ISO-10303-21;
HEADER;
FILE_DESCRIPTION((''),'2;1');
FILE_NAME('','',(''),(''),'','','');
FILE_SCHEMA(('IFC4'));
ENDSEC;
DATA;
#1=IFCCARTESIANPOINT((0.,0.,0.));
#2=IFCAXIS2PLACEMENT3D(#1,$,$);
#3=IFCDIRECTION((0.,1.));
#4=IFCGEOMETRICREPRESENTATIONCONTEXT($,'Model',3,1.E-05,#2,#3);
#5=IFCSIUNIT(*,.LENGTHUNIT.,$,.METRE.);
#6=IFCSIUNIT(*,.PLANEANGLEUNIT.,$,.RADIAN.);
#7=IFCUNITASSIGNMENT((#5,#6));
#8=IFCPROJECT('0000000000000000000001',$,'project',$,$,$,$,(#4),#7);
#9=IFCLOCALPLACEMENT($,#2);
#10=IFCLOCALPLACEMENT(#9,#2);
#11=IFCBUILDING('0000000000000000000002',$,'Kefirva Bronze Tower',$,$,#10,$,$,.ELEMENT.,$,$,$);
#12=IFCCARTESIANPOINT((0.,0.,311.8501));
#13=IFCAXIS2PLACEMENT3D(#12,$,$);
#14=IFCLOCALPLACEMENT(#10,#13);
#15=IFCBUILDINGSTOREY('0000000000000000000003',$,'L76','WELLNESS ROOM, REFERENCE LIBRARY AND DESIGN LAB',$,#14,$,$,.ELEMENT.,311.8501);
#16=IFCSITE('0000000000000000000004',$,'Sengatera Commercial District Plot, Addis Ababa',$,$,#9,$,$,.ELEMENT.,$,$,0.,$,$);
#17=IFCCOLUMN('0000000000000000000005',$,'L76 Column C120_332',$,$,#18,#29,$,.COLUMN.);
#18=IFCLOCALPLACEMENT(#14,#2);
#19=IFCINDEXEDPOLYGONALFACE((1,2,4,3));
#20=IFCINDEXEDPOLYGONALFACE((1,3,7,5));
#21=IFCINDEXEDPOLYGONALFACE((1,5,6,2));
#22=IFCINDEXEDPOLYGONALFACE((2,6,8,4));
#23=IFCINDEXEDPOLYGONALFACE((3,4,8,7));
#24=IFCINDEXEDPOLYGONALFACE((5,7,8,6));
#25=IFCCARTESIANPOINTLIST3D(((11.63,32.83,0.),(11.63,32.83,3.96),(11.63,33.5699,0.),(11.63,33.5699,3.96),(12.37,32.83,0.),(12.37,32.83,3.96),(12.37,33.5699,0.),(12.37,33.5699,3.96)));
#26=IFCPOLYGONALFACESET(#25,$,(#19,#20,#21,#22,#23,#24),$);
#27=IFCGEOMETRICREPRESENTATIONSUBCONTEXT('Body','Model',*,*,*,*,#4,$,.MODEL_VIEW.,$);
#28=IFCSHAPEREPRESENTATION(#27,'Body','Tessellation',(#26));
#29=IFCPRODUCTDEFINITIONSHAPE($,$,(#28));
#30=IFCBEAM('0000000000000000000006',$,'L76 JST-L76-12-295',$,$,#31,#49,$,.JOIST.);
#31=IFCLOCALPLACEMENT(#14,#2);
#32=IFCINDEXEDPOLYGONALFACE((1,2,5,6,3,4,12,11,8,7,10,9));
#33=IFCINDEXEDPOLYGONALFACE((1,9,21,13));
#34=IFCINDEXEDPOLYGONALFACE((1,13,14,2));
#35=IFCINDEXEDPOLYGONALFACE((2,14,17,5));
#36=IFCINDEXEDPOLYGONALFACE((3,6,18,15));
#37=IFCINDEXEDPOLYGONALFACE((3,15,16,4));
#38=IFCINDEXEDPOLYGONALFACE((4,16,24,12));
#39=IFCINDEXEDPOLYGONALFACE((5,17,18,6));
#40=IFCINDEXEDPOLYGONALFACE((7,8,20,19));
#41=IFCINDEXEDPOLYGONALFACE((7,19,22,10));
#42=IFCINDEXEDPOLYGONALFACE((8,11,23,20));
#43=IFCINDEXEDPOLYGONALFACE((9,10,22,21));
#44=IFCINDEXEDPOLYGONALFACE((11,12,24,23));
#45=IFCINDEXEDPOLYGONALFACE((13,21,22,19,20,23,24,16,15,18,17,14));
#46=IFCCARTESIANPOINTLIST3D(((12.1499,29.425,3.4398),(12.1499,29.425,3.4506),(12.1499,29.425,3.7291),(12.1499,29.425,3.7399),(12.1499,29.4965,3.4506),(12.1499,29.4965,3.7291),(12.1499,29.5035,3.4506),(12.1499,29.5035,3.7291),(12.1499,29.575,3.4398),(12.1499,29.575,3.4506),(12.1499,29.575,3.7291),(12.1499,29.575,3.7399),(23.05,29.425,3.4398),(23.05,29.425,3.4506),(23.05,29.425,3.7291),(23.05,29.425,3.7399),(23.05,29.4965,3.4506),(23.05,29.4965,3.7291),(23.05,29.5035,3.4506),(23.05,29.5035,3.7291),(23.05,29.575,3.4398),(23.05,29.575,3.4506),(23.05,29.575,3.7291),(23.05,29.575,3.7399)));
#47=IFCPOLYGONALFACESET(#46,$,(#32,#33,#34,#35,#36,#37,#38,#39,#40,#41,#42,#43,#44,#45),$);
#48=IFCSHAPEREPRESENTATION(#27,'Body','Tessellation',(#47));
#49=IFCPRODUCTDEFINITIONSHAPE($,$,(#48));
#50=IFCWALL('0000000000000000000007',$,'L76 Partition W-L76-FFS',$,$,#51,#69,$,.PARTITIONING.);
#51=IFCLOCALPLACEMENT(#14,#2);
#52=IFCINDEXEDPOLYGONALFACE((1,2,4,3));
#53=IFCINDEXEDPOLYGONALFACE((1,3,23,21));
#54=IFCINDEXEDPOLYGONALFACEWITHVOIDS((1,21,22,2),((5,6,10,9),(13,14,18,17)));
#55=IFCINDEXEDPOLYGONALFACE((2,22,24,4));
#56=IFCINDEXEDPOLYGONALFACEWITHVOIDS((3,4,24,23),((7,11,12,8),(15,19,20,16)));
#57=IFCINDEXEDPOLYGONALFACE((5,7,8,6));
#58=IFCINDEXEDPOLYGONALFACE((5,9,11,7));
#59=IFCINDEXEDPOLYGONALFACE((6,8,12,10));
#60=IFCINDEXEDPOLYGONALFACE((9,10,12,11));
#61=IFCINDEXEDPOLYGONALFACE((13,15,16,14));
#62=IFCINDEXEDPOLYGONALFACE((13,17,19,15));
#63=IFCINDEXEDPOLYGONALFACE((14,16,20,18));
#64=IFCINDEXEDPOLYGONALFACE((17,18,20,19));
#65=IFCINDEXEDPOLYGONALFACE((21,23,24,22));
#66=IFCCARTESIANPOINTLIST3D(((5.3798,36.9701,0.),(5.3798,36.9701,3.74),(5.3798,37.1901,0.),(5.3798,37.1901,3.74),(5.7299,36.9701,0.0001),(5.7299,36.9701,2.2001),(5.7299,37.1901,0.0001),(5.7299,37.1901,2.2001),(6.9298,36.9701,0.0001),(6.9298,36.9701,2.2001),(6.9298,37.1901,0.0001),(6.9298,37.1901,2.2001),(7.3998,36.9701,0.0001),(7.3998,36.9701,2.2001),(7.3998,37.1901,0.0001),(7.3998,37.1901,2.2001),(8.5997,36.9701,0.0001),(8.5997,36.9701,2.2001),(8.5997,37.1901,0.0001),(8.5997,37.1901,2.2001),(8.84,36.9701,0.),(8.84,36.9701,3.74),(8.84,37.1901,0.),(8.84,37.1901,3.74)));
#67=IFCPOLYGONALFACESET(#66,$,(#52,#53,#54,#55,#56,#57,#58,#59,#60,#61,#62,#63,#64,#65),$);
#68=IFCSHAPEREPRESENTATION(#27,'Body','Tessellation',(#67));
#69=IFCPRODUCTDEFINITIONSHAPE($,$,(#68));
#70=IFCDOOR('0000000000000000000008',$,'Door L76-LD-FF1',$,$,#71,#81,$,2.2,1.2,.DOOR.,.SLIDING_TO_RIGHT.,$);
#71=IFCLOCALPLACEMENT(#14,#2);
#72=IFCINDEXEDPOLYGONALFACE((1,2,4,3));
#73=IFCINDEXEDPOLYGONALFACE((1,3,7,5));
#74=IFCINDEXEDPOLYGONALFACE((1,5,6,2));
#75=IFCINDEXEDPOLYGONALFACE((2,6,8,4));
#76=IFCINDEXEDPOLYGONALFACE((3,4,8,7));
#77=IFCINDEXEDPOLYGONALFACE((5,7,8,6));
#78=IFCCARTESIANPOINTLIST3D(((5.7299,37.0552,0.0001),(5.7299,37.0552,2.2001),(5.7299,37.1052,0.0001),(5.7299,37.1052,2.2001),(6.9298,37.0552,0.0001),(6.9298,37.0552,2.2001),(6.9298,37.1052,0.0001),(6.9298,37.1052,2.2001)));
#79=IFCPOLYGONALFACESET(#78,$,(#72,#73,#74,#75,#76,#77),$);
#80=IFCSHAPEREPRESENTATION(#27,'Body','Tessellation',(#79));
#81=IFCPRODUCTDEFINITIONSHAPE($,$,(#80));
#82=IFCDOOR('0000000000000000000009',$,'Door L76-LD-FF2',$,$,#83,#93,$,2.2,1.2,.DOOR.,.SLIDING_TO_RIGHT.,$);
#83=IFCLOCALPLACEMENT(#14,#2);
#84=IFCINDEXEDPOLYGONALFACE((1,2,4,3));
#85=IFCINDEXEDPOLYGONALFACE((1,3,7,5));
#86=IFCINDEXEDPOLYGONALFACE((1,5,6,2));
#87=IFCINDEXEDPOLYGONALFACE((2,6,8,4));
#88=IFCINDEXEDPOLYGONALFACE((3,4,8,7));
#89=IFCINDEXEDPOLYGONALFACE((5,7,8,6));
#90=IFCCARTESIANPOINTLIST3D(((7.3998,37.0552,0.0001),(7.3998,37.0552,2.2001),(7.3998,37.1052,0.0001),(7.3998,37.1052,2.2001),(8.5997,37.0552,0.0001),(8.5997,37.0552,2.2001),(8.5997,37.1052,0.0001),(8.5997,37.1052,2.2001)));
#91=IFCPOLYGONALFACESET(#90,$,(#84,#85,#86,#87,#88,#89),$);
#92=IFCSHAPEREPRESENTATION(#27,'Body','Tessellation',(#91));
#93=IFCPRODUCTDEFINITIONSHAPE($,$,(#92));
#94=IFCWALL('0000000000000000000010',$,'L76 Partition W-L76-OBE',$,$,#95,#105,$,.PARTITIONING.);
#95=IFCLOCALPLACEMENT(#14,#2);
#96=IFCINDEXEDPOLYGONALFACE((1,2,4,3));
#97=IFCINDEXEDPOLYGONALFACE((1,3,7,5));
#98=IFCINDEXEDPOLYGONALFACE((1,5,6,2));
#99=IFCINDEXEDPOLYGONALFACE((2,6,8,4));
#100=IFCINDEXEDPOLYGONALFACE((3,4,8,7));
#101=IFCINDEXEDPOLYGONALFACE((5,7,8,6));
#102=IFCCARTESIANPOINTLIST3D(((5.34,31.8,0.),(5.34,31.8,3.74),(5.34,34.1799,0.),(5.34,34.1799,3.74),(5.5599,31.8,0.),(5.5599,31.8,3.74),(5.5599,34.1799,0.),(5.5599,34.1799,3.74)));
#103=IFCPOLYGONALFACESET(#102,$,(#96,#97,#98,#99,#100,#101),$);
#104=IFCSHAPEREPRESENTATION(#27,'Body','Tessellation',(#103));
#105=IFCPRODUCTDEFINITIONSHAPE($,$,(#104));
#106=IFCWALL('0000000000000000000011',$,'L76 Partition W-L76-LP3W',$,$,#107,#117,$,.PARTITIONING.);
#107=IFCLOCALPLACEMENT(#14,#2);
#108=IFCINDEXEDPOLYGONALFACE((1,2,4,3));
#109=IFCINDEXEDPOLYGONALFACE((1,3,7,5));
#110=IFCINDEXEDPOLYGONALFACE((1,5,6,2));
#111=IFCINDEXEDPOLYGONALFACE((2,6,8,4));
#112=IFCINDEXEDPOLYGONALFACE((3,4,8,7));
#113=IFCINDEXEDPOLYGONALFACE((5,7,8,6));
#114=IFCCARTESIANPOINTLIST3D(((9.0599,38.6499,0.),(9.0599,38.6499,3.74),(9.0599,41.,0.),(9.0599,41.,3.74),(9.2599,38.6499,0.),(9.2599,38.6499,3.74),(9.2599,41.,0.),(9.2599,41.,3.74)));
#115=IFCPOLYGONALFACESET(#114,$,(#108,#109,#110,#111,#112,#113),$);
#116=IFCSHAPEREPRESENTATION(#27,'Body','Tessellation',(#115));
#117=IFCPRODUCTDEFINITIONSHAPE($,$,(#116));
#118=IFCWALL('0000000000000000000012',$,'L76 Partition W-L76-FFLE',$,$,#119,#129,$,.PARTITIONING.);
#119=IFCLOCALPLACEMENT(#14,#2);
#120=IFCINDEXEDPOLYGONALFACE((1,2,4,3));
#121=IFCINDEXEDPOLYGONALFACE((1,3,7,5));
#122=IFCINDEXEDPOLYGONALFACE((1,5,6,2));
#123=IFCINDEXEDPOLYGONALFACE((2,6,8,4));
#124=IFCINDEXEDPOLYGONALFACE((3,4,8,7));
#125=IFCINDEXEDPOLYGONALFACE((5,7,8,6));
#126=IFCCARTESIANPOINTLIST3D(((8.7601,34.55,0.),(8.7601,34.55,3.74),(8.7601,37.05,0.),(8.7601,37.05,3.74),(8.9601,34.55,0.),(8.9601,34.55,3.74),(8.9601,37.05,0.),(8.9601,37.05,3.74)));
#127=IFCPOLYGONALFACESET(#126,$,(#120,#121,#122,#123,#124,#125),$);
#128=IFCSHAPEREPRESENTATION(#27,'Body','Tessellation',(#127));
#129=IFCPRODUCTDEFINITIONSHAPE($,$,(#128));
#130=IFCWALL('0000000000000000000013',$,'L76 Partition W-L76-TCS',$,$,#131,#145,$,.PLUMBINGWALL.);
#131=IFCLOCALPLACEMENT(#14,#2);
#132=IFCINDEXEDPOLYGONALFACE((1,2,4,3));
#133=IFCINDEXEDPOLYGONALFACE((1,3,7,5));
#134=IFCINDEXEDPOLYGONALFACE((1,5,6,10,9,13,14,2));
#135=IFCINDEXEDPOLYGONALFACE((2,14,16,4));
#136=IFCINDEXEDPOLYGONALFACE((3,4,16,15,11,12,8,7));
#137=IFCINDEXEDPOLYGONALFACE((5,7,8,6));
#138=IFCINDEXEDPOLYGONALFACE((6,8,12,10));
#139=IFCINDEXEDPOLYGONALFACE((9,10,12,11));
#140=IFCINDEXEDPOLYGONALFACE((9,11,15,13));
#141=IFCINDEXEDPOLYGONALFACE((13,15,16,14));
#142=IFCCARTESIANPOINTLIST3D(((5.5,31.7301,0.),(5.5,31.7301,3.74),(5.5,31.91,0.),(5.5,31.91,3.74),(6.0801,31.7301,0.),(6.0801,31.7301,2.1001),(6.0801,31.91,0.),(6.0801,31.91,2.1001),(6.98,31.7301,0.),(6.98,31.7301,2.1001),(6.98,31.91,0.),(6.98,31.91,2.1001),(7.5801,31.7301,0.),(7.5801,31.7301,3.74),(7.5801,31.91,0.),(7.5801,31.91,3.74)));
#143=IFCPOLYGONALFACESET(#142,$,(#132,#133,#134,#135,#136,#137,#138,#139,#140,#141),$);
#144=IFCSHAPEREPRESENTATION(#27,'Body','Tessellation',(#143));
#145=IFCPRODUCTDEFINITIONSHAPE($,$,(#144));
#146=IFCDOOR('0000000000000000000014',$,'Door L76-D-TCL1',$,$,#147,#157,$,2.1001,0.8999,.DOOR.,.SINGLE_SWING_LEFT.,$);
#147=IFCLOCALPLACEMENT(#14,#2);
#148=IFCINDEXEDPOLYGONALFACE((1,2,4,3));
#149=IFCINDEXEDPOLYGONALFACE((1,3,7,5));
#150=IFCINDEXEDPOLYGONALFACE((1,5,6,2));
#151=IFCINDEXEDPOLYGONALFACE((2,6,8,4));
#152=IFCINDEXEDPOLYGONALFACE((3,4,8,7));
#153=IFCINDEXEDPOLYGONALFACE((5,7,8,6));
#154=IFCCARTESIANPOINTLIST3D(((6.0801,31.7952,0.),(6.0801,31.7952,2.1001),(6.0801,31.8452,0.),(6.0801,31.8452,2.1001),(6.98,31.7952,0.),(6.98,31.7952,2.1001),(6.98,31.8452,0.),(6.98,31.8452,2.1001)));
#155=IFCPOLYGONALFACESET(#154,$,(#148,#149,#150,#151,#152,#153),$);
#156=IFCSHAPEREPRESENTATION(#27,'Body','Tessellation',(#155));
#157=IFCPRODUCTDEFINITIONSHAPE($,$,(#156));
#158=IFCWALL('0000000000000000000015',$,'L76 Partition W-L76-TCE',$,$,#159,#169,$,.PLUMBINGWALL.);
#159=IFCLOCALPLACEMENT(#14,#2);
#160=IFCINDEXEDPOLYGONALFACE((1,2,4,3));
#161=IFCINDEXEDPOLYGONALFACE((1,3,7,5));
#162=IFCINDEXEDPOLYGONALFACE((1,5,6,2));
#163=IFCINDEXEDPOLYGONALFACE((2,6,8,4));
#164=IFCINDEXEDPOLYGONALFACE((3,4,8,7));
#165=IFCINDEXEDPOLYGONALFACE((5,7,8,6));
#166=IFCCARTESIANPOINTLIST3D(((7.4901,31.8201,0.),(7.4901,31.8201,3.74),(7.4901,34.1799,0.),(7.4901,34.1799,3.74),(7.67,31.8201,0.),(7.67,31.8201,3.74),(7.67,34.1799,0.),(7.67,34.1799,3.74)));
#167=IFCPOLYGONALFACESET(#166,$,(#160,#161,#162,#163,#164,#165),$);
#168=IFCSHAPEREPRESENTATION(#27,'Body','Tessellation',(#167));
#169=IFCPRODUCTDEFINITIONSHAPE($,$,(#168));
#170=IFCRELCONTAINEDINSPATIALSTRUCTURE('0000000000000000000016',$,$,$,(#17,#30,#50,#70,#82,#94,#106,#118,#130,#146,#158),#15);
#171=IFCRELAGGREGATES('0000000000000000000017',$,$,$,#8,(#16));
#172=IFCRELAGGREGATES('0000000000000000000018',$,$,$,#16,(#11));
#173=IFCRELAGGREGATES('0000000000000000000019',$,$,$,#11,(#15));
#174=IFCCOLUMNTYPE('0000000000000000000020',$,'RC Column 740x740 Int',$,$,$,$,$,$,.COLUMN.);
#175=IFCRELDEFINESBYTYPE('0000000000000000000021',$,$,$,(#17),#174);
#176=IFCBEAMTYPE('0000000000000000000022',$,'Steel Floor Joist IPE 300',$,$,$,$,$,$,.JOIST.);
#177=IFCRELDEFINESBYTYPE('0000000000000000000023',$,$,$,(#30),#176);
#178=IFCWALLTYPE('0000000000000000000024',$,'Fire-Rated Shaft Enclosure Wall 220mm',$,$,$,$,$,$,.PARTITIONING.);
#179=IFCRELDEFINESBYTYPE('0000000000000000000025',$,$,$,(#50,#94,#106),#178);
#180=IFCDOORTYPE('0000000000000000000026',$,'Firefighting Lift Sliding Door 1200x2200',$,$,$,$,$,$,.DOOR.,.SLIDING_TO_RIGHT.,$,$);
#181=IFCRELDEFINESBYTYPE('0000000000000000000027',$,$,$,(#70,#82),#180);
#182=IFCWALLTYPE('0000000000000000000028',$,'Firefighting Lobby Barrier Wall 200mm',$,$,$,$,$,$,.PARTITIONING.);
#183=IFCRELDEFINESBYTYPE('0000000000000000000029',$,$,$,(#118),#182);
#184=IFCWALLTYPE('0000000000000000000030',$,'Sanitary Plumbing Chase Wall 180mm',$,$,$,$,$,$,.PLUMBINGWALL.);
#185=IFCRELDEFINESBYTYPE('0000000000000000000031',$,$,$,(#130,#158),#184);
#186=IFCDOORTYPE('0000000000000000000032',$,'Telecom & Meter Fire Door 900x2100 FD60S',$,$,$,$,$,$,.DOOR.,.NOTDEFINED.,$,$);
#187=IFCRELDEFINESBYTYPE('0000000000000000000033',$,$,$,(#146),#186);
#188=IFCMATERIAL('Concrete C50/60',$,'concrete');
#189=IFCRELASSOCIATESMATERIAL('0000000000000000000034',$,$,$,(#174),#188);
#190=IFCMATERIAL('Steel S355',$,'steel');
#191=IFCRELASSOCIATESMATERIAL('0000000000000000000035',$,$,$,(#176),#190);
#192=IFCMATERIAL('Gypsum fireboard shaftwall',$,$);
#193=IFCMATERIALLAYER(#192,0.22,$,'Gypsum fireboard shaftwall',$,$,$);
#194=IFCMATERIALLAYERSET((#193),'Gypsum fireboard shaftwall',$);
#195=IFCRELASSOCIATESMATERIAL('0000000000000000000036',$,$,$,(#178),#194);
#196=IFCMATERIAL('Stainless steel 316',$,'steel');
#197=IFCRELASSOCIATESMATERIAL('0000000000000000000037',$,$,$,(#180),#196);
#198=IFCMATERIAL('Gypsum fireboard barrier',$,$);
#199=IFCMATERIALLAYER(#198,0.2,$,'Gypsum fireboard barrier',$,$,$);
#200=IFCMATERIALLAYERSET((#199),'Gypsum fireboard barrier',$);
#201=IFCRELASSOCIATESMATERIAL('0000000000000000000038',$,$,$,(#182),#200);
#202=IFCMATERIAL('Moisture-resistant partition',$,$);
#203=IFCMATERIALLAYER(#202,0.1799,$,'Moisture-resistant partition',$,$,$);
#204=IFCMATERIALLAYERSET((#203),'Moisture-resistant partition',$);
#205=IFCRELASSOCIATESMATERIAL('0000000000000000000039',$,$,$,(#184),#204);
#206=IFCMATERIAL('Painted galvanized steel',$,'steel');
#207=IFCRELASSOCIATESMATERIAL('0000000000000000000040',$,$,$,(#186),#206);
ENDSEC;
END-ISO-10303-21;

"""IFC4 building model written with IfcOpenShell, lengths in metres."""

from ifc_helpers import new_model, si_unit, direction, frame, frame_2d, origin, origin_2d, place, context, subcontext, project, spatial, rectangle, i_section, extrude, material, layer, layer_set, material_profile, profile_set, type_object, element, fill, save


model = new_model("IFC4")

# Units and contexts
model_context = context("Model", 3, precision=1e-05, world=origin(), true_north=direction((0.0, 1.0)))
body_context = subcontext(model_context, "Body", "Model", "MODEL_VIEW")
ifc_project = project(units=[si_unit("LENGTHUNIT", "METRE"), si_unit("PLANEANGLEUNIT", "RADIAN")], contexts=[model_context])

# Site, building, storey
site_placement = place(None, origin())
site = spatial("IfcSite", under=ifc_project, at=site_placement, Name="Sengatera Commercial District Plot, Addis Ababa", CompositionType="ELEMENT", RefElevation=0.0)
building_placement = place(site_placement, origin())
building = spatial("IfcBuilding", under=site, at=building_placement, Name="Kefirva Bronze Tower", CompositionType="ELEMENT")
storey_placement = place(building_placement, frame((0.0, 0.0, 311.8501)))
storey = spatial("IfcBuildingStorey", under=building, at=storey_placement, Name="L76", Description="WELLNESS ROOM, REFERENCE LIBRARY AND DESIGN LAB", CompositionType="ELEMENT", Elevation=311.8501)

# Column
ifc_material_1 = material(Name="Concrete C50/60", Category="concrete")
ifc_material_profile_1 = material_profile(ifc_material_1, rectangle(XDim=0.74, YDim=0.74, at=origin_2d()), Name="RC 740x740")
ifc_profile_set_1 = profile_set([ifc_material_profile_1], Name="Concrete C50/60")
column_type = type_object("IfcColumnType", Name="RC Column 740x740 Int", PredefinedType="COLUMN", material=ifc_profile_set_1)
column_placement = place(storey_placement, frame((12.0, 33.2, 0.0), z_axis=(0.0, 0.0, 1.0), x_axis=(1.0, 0.0, 0.0)))
element("IfcColumn", 1, at=column_placement, inside=storey, type_object=column_type, Name="L76 Column C120_332", PredefinedType="COLUMN", context=body_context, shape_type="SweptSolid", body=[
    extrude(rectangle(XDim=0.74, YDim=0.74, at=origin_2d()), origin(), (0.0, 0.0, 1.0), 3.96),
])

# Beam
ifc_material_2 = material(Name="Steel S355", Category="steel")
ifc_material_profile_2 = material_profile(ifc_material_2, i_section(OverallWidth=0.1499, OverallDepth=0.3, WebThickness=0.0071, FlangeThickness=0.0107, at=origin_2d()), Name="IPE 300")
ifc_profile_set_2 = profile_set([ifc_material_profile_2], Name="Steel S355")
beam_type = type_object("IfcBeamType", Name="Steel Floor Joist IPE 300", PredefinedType="JOIST", material=ifc_profile_set_2)
beam_placement = place(storey_placement, frame((12.1499, 29.5, 3.5898), z_axis=(1.0, 0.0, 0.0), x_axis=(0.0, 1.0, 0.0)))
element("IfcBeam", 2, at=beam_placement, inside=storey, type_object=beam_type, Name="L76 JST-L76-12-295", PredefinedType="JOIST", context=body_context, shape_type="SweptSolid", body=[
    extrude(i_section(OverallWidth=0.1499, OverallDepth=0.3, WebThickness=0.0071, FlangeThickness=0.0107, at=origin_2d()), origin(), (0.0, 0.0, 1.0), 10.9001),
])

# Wall, openings, doors
ifc_material_3 = material(Name="Gypsum fireboard shaftwall")
ifc_layer_1 = layer(ifc_material_3, 0.22, Name="Gypsum fireboard shaftwall")
ifc_layer_set_1 = layer_set([ifc_layer_1], Name="Gypsum fireboard shaftwall")
wall_type_1 = type_object("IfcWallType", Name="Fire-Rated Shaft Enclosure Wall 220mm", PredefinedType="PARTITIONING", material=ifc_layer_set_1)
wall_1_placement = place(storey_placement, frame((5.3799, 37.0801, 0.0), z_axis=(0.0, 0.0, 1.0), x_axis=(1.0, 0.0, 0.0)))
wall_1 = element("IfcWall", 3, at=wall_1_placement, inside=storey, type_object=wall_type_1, Name="L76 Partition W-L76-FFS", PredefinedType="PARTITIONING", context=body_context, shape_type="SweptSolid", body=[
    extrude(rectangle(XDim=3.4602, YDim=0.22, at=frame_2d((1.73, 0.0))), origin(), (0.0, 0.0, 1.0), 3.74),
])
opening_1_placement = place(wall_1_placement, frame((1.55, 0.0, 0.0), z_axis=(0.0, 0.0, 1.0), x_axis=(-1.0, 0.0, 0.0)))
opening_1 = element("IfcOpeningElement", 4, at=opening_1_placement, cuts=wall_1, PredefinedType="OPENING", context=body_context, shape_type="SweptSolid", body=[
    extrude(rectangle(XDim=1.2, YDim=2.2, at=frame_2d((0.6001, 1.1001))), frame((0.0, 0.1201, 0.0), z_axis=(0.0, -1.0, 0.0), x_axis=(1.0, 0.0, 0.0)), (0.0, 0.0, 1.0), 0.24),
])
opening_2_placement = place(wall_1_placement, frame((3.22, 0.0, 0.0), z_axis=(0.0, 0.0, 1.0), x_axis=(-1.0, 0.0, 0.0)))
opening_2 = element("IfcOpeningElement", 5, at=opening_2_placement, cuts=wall_1, PredefinedType="OPENING", context=body_context, shape_type="SweptSolid", body=[
    extrude(rectangle(XDim=1.2, YDim=2.2, at=frame_2d((0.6001, 1.1001))), frame((0.0, 0.1201, 0.0), z_axis=(0.0, -1.0, 0.0), x_axis=(1.0, 0.0, 0.0)), (0.0, 0.0, 1.0), 0.24),
])
ifc_material_4 = material(Name="Stainless steel 316", Category="steel")
door_type_1 = type_object("IfcDoorType", Name="Firefighting Lift Sliding Door 1200x2200", OperationType="SLIDING_TO_RIGHT", PredefinedType="DOOR", material=ifc_material_4)
door_1_placement = place(opening_1_placement, origin())
door_1 = element("IfcDoor", 6, at=door_1_placement, inside=storey, type_object=door_type_1, Name="Door L76-LD-FF1", OperationType="SLIDING_TO_RIGHT", OverallHeight=2.2, OverallWidth=1.2, PredefinedType="DOOR", context=body_context, shape_type="SweptSolid", body=[
    extrude(rectangle(XDim=1.2, YDim=2.2, at=frame_2d((0.6001, 1.1001))), frame((0.0, 0.0249, 0.0), z_axis=(0.0, -1.0, 0.0), x_axis=(1.0, 0.0, 0.0)), (0.0, 0.0, 1.0), 0.05),
])
fill(opening_1, door_1)
door_2_placement = place(opening_2_placement, origin())
door_2 = element("IfcDoor", 7, at=door_2_placement, inside=storey, type_object=door_type_1, Name="Door L76-LD-FF2", OperationType="SLIDING_TO_RIGHT", OverallHeight=2.2, OverallWidth=1.2, PredefinedType="DOOR", context=body_context, shape_type="SweptSolid", body=[
    extrude(rectangle(XDim=1.2, YDim=2.2, at=frame_2d((0.6001, 1.1001))), frame((0.0, 0.0249, 0.0), z_axis=(0.0, -1.0, 0.0), x_axis=(1.0, 0.0, 0.0)), (0.0, 0.0, 1.0), 0.05),
])
fill(opening_2, door_2)

# Walls
wall_2_placement = place(storey_placement, frame((5.45, 31.8, 0.0), z_axis=(0.0, 0.0, 1.0), x_axis=(0.0, 1.0, 0.0)))
element("IfcWall", 8, at=wall_2_placement, inside=storey, type_object=wall_type_1, Name="L76 Partition W-L76-OBE", PredefinedType="PARTITIONING", context=body_context, shape_type="SweptSolid", body=[
    extrude(rectangle(XDim=2.3799, YDim=0.22, at=frame_2d((1.1899, 0.0))), origin(), (0.0, 0.0, 1.0), 3.74),
])
wall_3_placement = place(storey_placement, frame((9.1599, 38.6499, 0.0), z_axis=(0.0, 0.0, 1.0), x_axis=(0.0, 1.0, 0.0)))
element("IfcWall", 9, at=wall_3_placement, inside=storey, type_object=wall_type_1, Name="L76 Partition W-L76-LP3W", PredefinedType="PARTITIONING", context=body_context, shape_type="SweptSolid", body=[
    extrude(rectangle(XDim=2.3501, YDim=0.2, at=frame_2d((1.175, 0.0))), origin(), (0.0, 0.0, 1.0), 3.74),
])
ifc_material_5 = material(Name="Gypsum fireboard barrier")
ifc_layer_2 = layer(ifc_material_5, 0.2, Name="Gypsum fireboard barrier")
ifc_layer_set_2 = layer_set([ifc_layer_2], Name="Gypsum fireboard barrier")
wall_type_2 = type_object("IfcWallType", Name="Firefighting Lobby Barrier Wall 200mm", PredefinedType="PARTITIONING", material=ifc_layer_set_2)
wall_4_placement = place(storey_placement, frame((8.8601, 34.55, 0.0), z_axis=(0.0, 0.0, 1.0), x_axis=(0.0, 1.0, 0.0)))
element("IfcWall", 10, at=wall_4_placement, inside=storey, type_object=wall_type_2, Name="L76 Partition W-L76-FFLE", PredefinedType="PARTITIONING", context=body_context, shape_type="SweptSolid", body=[
    extrude(rectangle(XDim=2.5, YDim=0.2, at=frame_2d((1.25, 0.0))), origin(), (0.0, 0.0, 1.0), 3.74),
])

# Shared definitions
ifc_material_6 = material(Name="Painted galvanized steel", Category="steel")

# Wall, opening, door
ifc_material_7 = material(Name="Moisture-resistant partition")
ifc_layer_3 = layer(ifc_material_7, 0.1799, Name="Moisture-resistant partition")
ifc_layer_set_3 = layer_set([ifc_layer_3], Name="Moisture-resistant partition")
wall_type_3 = type_object("IfcWallType", Name="Sanitary Plumbing Chase Wall 180mm", PredefinedType="PLUMBINGWALL", material=ifc_layer_set_3)
wall_5_placement = place(storey_placement, frame((5.5, 31.8201, 0.0), z_axis=(0.0, 0.0, 1.0), x_axis=(1.0, 0.0, 0.0)))
wall_5 = element("IfcWall", 11, at=wall_5_placement, inside=storey, type_object=wall_type_3, Name="L76 Partition W-L76-TCS", PredefinedType="PLUMBINGWALL", context=body_context, shape_type="SweptSolid", body=[
    extrude(rectangle(XDim=2.0801, YDim=0.1799, at=frame_2d((1.04, 0.0))), origin(), (0.0, 0.0, 1.0), 3.74),
])
opening_3_placement = place(wall_5_placement, frame((1.48, 0.0, 0.0), z_axis=(0.0, 0.0, 1.0), x_axis=(-1.0, 0.0, 0.0)))
opening_3 = element("IfcOpeningElement", 12, at=opening_3_placement, cuts=wall_5, PredefinedType="OPENING", context=body_context, shape_type="SweptSolid", body=[
    extrude(rectangle(XDim=0.8999, YDim=2.1001, at=frame_2d((0.45, 1.05))), frame((0.0, 0.1001, 0.0), z_axis=(0.0, -1.0, 0.0), x_axis=(1.0, 0.0, 0.0)), (0.0, 0.0, 1.0), 0.2),
])
door_type_2 = type_object("IfcDoorType", Name="Telecom & Meter Fire Door 900x2100 FD60S", OperationType="NOTDEFINED", PredefinedType="DOOR", material=ifc_material_6)
door_3_placement = place(opening_3_placement, origin())
door_3 = element("IfcDoor", 13, at=door_3_placement, inside=storey, type_object=door_type_2, Name="Door L76-D-TCL1", OperationType="SINGLE_SWING_LEFT", OverallHeight=2.1001, OverallWidth=0.8999, PredefinedType="DOOR", context=body_context, shape_type="SweptSolid", body=[
    extrude(rectangle(XDim=0.8999, YDim=2.1001, at=frame_2d((0.45, 1.05))), frame((0.0, 0.0249, 0.0), z_axis=(0.0, -1.0, 0.0), x_axis=(1.0, 0.0, 0.0)), (0.0, 0.0, 1.0), 0.05),
])
fill(opening_3, door_3)

# Wall
wall_6_placement = place(storey_placement, frame((7.5801, 31.8201, 0.0), z_axis=(0.0, 0.0, 1.0), x_axis=(0.0, 1.0, 0.0)))
element("IfcWall", 14, at=wall_6_placement, inside=storey, type_object=wall_type_3, Name="L76 Partition W-L76-TCE", PredefinedType="PLUMBINGWALL", context=body_context, shape_type="SweptSolid", body=[
    extrude(rectangle(XDim=2.3599, YDim=0.1799, at=frame_2d((1.1799, 0.0))), origin(), (0.0, 0.0, 1.0), 3.74),
])

save(model, "model.ifc")
